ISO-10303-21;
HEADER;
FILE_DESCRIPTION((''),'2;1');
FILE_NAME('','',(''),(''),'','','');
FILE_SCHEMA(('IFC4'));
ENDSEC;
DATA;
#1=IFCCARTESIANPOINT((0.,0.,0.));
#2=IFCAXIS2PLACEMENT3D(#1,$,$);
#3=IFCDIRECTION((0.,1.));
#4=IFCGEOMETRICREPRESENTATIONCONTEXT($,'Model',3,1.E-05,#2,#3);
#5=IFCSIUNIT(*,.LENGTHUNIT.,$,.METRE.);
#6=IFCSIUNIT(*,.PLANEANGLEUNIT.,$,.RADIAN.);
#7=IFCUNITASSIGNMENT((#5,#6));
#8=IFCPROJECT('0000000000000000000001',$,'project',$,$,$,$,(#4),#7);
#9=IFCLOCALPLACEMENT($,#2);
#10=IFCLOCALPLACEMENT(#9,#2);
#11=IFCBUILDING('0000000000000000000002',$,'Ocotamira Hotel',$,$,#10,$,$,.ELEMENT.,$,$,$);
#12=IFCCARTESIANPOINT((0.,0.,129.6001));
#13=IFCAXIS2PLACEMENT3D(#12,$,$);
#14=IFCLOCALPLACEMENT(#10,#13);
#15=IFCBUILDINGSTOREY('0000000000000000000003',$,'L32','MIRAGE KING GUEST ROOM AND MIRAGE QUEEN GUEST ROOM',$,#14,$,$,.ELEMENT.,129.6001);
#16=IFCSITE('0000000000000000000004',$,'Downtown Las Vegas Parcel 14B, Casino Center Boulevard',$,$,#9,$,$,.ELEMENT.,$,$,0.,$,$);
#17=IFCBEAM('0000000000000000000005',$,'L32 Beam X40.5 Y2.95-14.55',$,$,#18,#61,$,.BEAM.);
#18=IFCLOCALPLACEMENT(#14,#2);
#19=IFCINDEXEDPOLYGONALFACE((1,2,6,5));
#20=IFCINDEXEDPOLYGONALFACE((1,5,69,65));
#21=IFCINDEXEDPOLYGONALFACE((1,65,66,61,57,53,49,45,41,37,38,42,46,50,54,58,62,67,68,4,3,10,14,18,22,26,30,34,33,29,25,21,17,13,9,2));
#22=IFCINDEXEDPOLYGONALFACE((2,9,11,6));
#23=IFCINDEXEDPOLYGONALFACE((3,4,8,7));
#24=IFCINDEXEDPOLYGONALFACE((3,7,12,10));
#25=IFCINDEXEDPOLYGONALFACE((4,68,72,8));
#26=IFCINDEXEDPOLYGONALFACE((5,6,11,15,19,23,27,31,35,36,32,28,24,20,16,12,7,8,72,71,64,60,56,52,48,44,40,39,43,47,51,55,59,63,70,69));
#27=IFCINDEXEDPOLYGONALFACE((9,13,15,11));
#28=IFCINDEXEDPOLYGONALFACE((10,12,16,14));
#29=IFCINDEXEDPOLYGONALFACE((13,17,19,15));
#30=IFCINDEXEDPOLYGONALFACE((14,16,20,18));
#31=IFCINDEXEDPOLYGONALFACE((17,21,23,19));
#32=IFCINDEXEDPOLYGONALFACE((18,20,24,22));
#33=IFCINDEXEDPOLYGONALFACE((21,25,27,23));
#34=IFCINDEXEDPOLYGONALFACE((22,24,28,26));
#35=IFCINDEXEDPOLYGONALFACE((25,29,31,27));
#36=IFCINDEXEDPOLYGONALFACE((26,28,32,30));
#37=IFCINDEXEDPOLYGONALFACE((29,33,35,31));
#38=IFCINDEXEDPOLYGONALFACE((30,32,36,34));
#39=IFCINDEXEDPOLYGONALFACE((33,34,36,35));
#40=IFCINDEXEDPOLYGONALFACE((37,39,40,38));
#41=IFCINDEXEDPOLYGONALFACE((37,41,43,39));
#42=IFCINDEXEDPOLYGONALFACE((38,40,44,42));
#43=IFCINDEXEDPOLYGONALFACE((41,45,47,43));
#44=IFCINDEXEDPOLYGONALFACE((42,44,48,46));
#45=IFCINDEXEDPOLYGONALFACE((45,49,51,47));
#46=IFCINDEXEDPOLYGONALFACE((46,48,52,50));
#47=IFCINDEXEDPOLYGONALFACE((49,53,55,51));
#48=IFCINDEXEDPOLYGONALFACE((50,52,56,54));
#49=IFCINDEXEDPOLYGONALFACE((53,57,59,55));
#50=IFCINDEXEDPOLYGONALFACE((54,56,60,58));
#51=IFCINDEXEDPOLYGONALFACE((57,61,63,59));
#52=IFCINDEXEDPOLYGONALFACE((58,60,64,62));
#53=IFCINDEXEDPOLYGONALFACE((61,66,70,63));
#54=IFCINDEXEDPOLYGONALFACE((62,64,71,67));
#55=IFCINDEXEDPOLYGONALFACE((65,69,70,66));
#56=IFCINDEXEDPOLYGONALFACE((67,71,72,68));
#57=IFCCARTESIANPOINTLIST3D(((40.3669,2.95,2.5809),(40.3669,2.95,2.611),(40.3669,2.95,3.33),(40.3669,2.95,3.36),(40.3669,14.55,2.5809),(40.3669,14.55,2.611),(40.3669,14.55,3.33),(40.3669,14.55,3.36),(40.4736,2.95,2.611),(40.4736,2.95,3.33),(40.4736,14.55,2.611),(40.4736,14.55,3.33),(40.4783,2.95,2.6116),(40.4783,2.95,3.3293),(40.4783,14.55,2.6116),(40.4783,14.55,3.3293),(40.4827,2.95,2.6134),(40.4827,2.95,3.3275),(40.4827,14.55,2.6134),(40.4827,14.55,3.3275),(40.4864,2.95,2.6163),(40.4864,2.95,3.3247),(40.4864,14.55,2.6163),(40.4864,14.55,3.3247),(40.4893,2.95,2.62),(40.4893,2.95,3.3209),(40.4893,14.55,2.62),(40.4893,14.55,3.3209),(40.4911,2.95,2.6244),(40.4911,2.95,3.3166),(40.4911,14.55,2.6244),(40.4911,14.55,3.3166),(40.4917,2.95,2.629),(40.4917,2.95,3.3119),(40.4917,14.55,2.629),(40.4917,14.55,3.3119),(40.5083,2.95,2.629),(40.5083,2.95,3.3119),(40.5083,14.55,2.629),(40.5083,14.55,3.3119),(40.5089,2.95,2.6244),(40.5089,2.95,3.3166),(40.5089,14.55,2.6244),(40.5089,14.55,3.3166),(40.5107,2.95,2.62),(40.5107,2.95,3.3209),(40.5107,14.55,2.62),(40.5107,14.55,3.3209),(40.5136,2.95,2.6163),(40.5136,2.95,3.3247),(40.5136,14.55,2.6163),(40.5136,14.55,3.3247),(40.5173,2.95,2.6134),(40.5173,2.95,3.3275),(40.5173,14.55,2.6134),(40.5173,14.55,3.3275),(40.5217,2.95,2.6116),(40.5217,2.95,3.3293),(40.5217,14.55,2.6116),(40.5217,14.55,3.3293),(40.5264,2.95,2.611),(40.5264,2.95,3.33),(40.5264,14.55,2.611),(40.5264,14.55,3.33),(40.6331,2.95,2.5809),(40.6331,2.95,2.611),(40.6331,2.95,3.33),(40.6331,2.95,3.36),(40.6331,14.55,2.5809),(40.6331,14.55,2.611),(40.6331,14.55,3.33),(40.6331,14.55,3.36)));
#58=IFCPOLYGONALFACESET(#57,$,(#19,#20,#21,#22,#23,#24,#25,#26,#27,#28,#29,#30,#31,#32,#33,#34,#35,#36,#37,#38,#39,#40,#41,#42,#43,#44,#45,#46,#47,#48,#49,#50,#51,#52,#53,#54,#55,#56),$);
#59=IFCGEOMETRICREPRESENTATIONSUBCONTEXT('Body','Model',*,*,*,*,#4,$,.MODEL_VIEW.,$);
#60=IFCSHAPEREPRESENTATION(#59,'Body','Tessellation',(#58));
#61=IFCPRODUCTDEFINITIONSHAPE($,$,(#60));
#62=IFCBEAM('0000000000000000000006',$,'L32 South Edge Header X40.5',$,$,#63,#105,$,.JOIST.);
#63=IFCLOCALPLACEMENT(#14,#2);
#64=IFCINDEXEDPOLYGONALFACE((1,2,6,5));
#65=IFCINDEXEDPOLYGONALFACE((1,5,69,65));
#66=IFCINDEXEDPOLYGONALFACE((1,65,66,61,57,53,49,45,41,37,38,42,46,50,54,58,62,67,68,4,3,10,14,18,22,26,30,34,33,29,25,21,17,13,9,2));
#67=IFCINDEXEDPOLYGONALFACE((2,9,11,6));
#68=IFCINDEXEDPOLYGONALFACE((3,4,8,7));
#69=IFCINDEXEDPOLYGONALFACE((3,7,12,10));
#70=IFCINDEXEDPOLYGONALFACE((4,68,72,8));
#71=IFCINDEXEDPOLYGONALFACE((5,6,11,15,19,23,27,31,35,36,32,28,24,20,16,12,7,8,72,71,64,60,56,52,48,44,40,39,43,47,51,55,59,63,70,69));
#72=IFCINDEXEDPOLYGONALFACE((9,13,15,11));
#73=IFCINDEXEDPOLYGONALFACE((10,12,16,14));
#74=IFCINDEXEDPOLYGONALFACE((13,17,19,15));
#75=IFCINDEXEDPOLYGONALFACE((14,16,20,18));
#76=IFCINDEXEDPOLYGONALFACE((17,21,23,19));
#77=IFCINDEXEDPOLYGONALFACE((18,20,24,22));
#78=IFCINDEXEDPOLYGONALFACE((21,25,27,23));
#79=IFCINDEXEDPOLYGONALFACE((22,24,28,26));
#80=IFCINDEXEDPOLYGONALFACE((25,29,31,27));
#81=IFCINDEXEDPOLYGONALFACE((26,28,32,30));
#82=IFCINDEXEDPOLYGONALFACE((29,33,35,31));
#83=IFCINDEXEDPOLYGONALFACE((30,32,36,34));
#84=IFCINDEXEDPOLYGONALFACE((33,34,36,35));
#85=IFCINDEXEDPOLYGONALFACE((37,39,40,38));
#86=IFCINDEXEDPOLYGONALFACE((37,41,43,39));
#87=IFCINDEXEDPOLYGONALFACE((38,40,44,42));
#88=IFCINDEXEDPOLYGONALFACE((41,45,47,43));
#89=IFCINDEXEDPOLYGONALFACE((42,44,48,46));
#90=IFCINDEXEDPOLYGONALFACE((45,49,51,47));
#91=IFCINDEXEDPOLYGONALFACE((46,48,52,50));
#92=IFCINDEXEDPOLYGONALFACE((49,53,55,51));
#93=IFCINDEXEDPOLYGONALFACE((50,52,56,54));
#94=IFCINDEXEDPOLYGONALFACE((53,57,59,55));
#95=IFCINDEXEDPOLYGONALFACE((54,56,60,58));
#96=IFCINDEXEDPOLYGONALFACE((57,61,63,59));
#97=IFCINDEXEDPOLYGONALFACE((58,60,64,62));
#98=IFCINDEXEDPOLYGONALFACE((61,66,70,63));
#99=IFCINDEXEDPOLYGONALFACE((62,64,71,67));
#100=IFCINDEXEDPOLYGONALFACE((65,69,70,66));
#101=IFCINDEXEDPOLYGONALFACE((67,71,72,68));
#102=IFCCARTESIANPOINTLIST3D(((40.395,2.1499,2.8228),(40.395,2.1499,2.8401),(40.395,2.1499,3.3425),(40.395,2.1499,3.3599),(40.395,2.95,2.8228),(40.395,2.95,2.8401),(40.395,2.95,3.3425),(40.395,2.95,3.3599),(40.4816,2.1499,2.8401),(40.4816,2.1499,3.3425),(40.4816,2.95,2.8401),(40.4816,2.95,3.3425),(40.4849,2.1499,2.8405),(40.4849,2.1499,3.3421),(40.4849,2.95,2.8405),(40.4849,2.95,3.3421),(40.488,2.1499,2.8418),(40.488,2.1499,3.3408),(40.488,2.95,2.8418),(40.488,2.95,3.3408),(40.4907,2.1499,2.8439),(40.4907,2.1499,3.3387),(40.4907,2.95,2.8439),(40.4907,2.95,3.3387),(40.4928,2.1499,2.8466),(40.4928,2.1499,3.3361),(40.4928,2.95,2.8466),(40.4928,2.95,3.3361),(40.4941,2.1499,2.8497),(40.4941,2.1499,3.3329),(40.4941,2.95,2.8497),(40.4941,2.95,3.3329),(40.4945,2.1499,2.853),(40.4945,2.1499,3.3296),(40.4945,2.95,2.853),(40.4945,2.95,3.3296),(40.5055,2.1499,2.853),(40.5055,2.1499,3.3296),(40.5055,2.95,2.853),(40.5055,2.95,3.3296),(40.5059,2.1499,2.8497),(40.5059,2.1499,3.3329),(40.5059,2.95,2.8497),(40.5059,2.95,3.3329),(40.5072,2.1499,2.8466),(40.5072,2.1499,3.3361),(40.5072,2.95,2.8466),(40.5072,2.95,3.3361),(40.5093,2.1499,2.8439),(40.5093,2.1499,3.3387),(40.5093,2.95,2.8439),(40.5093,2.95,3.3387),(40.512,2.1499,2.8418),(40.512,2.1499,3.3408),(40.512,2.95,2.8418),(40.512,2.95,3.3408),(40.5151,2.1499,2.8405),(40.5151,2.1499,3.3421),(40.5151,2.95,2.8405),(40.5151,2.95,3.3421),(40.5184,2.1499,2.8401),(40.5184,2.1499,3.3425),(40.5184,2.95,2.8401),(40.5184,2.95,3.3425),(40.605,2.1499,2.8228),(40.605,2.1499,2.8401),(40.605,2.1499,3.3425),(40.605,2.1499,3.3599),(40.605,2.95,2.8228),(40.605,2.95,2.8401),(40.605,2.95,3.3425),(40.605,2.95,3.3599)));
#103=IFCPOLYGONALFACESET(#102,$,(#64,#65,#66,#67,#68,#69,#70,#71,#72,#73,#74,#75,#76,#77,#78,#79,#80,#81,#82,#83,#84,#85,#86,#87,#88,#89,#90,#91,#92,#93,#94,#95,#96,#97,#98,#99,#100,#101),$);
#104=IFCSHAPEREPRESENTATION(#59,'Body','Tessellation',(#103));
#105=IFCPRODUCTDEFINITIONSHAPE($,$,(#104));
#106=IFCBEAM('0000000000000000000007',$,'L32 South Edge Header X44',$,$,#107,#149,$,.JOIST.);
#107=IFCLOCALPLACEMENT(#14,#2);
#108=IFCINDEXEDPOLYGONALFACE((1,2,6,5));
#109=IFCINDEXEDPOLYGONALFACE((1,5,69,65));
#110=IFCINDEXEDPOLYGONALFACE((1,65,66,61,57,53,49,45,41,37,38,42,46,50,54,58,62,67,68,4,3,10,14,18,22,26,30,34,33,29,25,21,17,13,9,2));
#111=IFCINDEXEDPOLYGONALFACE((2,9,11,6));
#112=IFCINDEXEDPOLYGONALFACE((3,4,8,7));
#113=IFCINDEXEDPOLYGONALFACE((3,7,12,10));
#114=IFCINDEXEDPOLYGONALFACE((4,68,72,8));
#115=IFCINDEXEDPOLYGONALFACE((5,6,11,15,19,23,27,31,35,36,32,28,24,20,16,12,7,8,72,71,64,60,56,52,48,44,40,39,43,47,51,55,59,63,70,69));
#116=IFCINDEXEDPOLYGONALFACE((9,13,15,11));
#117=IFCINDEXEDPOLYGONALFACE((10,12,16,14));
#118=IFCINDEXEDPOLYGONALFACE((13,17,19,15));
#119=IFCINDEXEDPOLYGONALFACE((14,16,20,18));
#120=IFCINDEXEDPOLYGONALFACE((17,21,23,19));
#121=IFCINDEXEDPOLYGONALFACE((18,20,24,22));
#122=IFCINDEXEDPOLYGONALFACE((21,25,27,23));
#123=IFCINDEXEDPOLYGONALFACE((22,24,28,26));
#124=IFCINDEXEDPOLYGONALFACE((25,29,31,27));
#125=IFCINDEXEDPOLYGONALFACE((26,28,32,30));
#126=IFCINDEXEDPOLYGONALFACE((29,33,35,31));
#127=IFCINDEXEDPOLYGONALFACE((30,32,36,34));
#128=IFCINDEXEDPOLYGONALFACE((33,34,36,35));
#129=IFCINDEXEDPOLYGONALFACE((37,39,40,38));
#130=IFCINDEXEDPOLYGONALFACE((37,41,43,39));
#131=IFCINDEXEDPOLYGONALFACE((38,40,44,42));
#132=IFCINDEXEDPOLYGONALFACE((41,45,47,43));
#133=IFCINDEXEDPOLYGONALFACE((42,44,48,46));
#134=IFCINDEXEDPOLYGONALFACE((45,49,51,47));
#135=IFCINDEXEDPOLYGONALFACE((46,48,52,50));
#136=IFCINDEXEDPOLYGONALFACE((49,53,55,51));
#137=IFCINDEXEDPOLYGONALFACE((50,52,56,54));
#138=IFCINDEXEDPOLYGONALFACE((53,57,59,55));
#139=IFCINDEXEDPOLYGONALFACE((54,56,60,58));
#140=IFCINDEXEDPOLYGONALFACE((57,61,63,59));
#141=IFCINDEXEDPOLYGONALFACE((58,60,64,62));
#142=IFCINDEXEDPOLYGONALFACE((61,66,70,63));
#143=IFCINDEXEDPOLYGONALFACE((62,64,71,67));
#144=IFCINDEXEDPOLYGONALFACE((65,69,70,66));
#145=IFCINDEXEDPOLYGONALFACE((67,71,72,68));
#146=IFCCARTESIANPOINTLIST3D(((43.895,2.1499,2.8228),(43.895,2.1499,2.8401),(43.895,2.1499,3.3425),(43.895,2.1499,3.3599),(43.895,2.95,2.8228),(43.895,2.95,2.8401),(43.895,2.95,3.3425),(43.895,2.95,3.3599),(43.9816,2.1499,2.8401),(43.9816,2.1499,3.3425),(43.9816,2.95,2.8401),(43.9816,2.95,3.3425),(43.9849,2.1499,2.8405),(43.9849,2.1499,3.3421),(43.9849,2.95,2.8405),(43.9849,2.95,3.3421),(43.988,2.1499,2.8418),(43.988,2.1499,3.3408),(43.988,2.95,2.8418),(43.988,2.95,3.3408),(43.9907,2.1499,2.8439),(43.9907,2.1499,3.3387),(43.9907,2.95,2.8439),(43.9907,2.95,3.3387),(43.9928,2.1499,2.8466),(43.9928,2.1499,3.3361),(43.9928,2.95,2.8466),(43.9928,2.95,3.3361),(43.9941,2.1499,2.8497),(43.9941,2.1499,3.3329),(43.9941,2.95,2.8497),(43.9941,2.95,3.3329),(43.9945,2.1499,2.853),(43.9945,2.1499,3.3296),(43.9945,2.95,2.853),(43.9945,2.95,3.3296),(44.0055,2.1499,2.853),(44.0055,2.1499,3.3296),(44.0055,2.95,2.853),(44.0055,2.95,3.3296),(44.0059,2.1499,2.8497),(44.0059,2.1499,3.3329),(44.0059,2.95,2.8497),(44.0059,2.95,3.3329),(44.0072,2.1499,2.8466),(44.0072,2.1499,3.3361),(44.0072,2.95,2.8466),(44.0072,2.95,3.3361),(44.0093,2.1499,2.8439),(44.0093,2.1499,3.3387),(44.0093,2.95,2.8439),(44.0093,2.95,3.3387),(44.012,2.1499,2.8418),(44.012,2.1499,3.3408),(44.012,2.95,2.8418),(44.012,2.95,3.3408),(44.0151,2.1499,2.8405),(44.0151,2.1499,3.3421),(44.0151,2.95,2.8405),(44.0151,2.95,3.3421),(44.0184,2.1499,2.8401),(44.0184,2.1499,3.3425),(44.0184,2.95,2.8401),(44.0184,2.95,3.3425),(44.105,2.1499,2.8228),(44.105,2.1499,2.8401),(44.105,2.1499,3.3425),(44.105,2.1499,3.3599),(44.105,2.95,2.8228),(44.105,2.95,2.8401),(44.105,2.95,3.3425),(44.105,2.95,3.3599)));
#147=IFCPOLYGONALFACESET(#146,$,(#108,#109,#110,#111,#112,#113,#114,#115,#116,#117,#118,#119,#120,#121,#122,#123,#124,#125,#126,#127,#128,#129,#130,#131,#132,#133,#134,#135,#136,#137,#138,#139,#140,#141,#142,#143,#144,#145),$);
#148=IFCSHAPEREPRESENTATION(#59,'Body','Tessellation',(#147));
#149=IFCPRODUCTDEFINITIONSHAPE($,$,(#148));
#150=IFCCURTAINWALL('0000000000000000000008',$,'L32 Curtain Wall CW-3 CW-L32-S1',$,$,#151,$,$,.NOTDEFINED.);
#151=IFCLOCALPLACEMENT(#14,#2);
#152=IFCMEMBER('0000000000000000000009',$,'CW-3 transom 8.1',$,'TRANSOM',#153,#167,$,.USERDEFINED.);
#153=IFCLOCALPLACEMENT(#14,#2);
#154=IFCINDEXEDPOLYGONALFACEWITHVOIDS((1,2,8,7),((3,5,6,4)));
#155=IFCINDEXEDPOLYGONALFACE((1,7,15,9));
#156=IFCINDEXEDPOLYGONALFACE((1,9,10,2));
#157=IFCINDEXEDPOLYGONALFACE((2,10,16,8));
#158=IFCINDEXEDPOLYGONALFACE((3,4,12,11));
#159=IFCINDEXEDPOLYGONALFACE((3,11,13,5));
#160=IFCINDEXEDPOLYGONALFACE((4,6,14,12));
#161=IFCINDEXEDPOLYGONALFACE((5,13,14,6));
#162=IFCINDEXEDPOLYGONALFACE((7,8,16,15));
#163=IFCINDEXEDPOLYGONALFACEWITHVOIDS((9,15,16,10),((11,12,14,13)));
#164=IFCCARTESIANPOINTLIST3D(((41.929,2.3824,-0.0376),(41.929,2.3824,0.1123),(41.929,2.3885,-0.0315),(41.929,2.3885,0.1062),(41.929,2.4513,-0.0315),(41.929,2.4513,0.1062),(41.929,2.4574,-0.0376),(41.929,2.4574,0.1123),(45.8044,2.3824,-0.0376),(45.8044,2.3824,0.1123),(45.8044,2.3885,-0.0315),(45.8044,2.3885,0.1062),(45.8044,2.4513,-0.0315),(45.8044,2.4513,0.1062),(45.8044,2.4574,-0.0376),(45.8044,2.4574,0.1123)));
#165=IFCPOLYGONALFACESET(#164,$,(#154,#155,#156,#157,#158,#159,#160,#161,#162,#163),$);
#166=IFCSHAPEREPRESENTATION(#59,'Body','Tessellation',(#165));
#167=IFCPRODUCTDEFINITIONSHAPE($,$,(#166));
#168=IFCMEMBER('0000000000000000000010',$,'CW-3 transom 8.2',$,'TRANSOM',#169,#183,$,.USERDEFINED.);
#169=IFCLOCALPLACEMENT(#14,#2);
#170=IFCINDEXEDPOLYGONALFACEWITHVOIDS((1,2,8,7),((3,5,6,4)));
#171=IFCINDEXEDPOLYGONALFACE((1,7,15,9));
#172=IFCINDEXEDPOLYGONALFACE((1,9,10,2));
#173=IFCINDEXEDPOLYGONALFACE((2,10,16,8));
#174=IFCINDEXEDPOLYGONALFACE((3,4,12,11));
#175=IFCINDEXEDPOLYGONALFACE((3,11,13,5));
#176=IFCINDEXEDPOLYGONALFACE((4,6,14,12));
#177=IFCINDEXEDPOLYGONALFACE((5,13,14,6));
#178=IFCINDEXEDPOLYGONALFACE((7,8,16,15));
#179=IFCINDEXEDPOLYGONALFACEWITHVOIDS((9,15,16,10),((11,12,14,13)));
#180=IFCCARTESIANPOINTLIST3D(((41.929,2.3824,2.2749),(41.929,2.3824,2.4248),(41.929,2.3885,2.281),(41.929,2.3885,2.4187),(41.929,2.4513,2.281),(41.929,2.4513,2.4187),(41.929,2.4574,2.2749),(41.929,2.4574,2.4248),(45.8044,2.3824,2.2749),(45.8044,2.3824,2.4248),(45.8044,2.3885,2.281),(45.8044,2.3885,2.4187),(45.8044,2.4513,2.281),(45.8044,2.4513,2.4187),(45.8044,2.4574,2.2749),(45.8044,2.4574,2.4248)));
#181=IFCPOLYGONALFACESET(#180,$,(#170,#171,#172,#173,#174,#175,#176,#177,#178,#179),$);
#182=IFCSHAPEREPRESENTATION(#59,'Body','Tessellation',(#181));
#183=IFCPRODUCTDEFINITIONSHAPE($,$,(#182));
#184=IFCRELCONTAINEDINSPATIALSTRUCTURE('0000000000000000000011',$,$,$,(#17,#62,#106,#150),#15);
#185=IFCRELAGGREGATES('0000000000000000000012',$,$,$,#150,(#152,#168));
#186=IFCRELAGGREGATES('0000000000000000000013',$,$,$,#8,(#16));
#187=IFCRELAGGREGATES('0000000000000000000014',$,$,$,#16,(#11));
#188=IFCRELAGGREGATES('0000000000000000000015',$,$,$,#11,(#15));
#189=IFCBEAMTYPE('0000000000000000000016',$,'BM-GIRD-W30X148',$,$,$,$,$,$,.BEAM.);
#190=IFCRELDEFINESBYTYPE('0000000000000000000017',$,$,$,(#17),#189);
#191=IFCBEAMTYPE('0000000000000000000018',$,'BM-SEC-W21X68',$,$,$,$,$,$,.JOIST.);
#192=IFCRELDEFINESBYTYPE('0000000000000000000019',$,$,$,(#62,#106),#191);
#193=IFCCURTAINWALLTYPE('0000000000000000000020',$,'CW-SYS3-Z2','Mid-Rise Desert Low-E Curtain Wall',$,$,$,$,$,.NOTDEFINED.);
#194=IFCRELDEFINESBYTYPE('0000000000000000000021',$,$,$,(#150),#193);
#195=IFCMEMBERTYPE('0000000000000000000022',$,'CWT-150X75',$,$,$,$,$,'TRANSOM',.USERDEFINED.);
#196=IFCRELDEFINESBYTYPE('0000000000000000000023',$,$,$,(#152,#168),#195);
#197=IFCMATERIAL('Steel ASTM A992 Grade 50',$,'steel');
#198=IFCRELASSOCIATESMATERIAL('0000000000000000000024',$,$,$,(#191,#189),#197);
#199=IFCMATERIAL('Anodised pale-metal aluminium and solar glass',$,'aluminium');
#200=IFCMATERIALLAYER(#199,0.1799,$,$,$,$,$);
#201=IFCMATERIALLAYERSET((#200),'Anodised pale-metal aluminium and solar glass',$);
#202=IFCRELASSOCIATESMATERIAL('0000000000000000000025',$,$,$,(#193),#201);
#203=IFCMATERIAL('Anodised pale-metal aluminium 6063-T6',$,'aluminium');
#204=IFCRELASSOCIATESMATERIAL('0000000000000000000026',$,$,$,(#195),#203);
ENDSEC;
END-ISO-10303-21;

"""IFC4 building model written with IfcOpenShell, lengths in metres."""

from ifc_helpers import new_model, si_unit, direction, frame, origin, origin_2d, place, context, subcontext, project, spatial, hollow_rectangle, i_section, extrude, source, transform, mapped, material, layer, layer_set, material_profile, profile_set, type_object, element, aggregate, save


model = new_model("IFC4")

# Units and contexts
model_context = context("Model", 3, precision=1e-05, world=origin(), true_north=direction((0.0, 1.0)))
body_context = subcontext(model_context, "Body", "Model", "MODEL_VIEW")
ifc_project = project(units=[si_unit("LENGTHUNIT", "METRE"), si_unit("PLANEANGLEUNIT", "RADIAN")], contexts=[model_context])

# Site, building, storey
site_placement = place(None, origin())
site = spatial("IfcSite", under=ifc_project, at=site_placement, Name="Downtown Las Vegas Parcel 14B, Casino Center Boulevard", CompositionType="ELEMENT", RefElevation=0.0)
building_placement = place(site_placement, origin())
building = spatial("IfcBuilding", under=site, at=building_placement, Name="Ocotamira Hotel", CompositionType="ELEMENT")
storey_placement = place(building_placement, frame((0.0, 0.0, 129.6001)))
storey = spatial("IfcBuildingStorey", under=building, at=storey_placement, Name="L32", Description="MIRAGE KING GUEST ROOM AND MIRAGE QUEEN GUEST ROOM", CompositionType="ELEMENT", Elevation=129.6001)

# Beams
ifc_material_1 = material(Name="Steel ASTM A992 Grade 50", Category="steel")
ifc_material_profile_1 = material_profile(ifc_material_1, i_section(OverallWidth=0.21, OverallDepth=0.5371, WebThickness=0.011, FlangeThickness=0.0173, FilletRadius=0.0129, at=origin_2d()), Name="W21X68")
ifc_profile_set_1 = profile_set([ifc_material_profile_1], Name="Steel ASTM A992 Grade 50")
beam_type_1 = type_object("IfcBeamType", Name="BM-SEC-W21X68", PredefinedType="JOIST", material=ifc_profile_set_1)
ifc_material_profile_2 = material_profile(ifc_material_1, i_section(OverallWidth=0.2661, OverallDepth=0.7791, WebThickness=0.0166, FlangeThickness=0.03, FilletRadius=0.0181, at=origin_2d()), Name="W30X148")
ifc_profile_set_2 = profile_set([ifc_material_profile_2], Name="Steel ASTM A992 Grade 50")
beam_type_2 = type_object("IfcBeamType", Name="BM-GIRD-W30X148", PredefinedType="BEAM", material=ifc_profile_set_2)
shared_shape_1 = source(origin(), body_context, "Body", "SweptSolid", [
    extrude(i_section(OverallWidth=0.2661, OverallDepth=0.7791, WebThickness=0.0166, FlangeThickness=0.03, FilletRadius=0.0181, at=origin_2d()), origin(), (0.0, 0.0, 1.0), 11.6001),
])
beam_1_placement = place(storey_placement, frame((40.5, 2.95, 2.9705), z_axis=(0.0, 1.0, 0.0), x_axis=(-1.0, 0.0, 0.0)))
element("IfcBeam", 1, at=beam_1_placement, inside=storey, type_object=beam_type_2, Name="L32 Beam X40.5 Y2.95-14.55", PredefinedType="BEAM", context=body_context, shape_type="MappedRepresentation", body=[
    mapped(shared_shape_1, transform((0.0, 0.0, 0.0), scale=1.0)),
])
shared_shape_2 = source(origin(), body_context, "Body", "SweptSolid", [
    extrude(i_section(OverallWidth=0.21, OverallDepth=0.5371, WebThickness=0.011, FlangeThickness=0.0173, FilletRadius=0.0129, at=origin_2d()), origin(), (0.0, 0.0, 1.0), 0.8),
])
for number, where, z_axis, x_axis, name in (
    (2, (40.5, 2.95, 3.0913), (0.0, -1.0, 0.0), (1.0, 0.0, 0.0), "L32 South Edge Header X40.5"),
    (3, (44.0, 2.95, 3.0913), (0.0, -1.0, 0.0), (1.0, 0.0, 0.0), "L32 South Edge Header X44"),
):
    element("IfcBeam", number, at=place(storey_placement, frame(where, z_axis=z_axis, x_axis=x_axis)), inside=storey, type_object=beam_type_1, Name=name, PredefinedType="JOIST", context=body_context, shape_type="MappedRepresentation", body=[
        mapped(shared_shape_2, transform((0.0, 0.0, 0.0), scale=1.0)),
    ])

# Curtain wall, members
ifc_material_2 = material(Name="Anodised pale-metal aluminium and solar glass", Category="aluminium")
ifc_layer_1 = layer(ifc_material_2, 0.1799)
ifc_layer_set_1 = layer_set([ifc_layer_1], Name="Anodised pale-metal aluminium and solar glass")
curtain_wall_type = type_object("IfcCurtainWallType", Name="CW-SYS3-Z2", Description="Mid-Rise Desert Low-E Curtain Wall", PredefinedType="NOTDEFINED", material=ifc_layer_set_1)
curtain_wall_placement = place(storey_placement, origin())
curtain_wall = element("IfcCurtainWall", 4, at=curtain_wall_placement, inside=storey, type_object=curtain_wall_type, Name="L32 Curtain Wall CW-3 CW-L32-S1", PredefinedType="NOTDEFINED")
ifc_material_3 = material(Name="Anodised pale-metal aluminium 6063-T6", Category="aluminium")
ifc_material_profile_3 = material_profile(ifc_material_3, hollow_rectangle(XDim=0.075, YDim=0.1499, WallThickness=0.0061, at=origin_2d()), Name="HSS150X75X6")
ifc_profile_set_3 = profile_set([ifc_material_profile_3], Name="Anodised pale-metal aluminium 6063-T6")
member_type_1 = type_object("IfcMemberType", Name="CWT-150X75", ElementType="TRANSOM", PredefinedType="USERDEFINED", material=ifc_profile_set_3)
shared_shape_3 = source(origin(), body_context, "Body", "SweptSolid", [
    extrude(hollow_rectangle(XDim=0.075, YDim=0.1499, WallThickness=0.0061, at=origin_2d()), origin(), (0.0, 0.0, 1.0), 3.8755),
])
member_1_placement = place(storey_placement, frame((41.929, 2.4199, 0.0374), z_axis=(1.0, 0.0, 0.0), x_axis=(0.0, 1.0, 0.0)))
member_1 = element("IfcMember", 5, at=member_1_placement, type_object=member_type_1, Name="CW-3 transom 8.1", ObjectType="TRANSOM", PredefinedType="USERDEFINED", context=body_context, shape_type="MappedRepresentation", body=[
    mapped(shared_shape_3, transform((0.0, 0.0, 0.0), scale=1.0)),
])
member_2_placement = place(storey_placement, frame((41.929, 2.4199, 2.3499), z_axis=(1.0, 0.0, 0.0), x_axis=(0.0, 1.0, 0.0)))
member_2 = element("IfcMember", 6, at=member_2_placement, type_object=member_type_1, Name="CW-3 transom 8.2", ObjectType="TRANSOM", PredefinedType="USERDEFINED", context=body_context, shape_type="MappedRepresentation", body=[
    mapped(shared_shape_3, transform((0.0, 0.0, 0.0), scale=1.0)),
])
aggregate(curtain_wall, [member_1, member_2])

save(model, "model.ifc")
